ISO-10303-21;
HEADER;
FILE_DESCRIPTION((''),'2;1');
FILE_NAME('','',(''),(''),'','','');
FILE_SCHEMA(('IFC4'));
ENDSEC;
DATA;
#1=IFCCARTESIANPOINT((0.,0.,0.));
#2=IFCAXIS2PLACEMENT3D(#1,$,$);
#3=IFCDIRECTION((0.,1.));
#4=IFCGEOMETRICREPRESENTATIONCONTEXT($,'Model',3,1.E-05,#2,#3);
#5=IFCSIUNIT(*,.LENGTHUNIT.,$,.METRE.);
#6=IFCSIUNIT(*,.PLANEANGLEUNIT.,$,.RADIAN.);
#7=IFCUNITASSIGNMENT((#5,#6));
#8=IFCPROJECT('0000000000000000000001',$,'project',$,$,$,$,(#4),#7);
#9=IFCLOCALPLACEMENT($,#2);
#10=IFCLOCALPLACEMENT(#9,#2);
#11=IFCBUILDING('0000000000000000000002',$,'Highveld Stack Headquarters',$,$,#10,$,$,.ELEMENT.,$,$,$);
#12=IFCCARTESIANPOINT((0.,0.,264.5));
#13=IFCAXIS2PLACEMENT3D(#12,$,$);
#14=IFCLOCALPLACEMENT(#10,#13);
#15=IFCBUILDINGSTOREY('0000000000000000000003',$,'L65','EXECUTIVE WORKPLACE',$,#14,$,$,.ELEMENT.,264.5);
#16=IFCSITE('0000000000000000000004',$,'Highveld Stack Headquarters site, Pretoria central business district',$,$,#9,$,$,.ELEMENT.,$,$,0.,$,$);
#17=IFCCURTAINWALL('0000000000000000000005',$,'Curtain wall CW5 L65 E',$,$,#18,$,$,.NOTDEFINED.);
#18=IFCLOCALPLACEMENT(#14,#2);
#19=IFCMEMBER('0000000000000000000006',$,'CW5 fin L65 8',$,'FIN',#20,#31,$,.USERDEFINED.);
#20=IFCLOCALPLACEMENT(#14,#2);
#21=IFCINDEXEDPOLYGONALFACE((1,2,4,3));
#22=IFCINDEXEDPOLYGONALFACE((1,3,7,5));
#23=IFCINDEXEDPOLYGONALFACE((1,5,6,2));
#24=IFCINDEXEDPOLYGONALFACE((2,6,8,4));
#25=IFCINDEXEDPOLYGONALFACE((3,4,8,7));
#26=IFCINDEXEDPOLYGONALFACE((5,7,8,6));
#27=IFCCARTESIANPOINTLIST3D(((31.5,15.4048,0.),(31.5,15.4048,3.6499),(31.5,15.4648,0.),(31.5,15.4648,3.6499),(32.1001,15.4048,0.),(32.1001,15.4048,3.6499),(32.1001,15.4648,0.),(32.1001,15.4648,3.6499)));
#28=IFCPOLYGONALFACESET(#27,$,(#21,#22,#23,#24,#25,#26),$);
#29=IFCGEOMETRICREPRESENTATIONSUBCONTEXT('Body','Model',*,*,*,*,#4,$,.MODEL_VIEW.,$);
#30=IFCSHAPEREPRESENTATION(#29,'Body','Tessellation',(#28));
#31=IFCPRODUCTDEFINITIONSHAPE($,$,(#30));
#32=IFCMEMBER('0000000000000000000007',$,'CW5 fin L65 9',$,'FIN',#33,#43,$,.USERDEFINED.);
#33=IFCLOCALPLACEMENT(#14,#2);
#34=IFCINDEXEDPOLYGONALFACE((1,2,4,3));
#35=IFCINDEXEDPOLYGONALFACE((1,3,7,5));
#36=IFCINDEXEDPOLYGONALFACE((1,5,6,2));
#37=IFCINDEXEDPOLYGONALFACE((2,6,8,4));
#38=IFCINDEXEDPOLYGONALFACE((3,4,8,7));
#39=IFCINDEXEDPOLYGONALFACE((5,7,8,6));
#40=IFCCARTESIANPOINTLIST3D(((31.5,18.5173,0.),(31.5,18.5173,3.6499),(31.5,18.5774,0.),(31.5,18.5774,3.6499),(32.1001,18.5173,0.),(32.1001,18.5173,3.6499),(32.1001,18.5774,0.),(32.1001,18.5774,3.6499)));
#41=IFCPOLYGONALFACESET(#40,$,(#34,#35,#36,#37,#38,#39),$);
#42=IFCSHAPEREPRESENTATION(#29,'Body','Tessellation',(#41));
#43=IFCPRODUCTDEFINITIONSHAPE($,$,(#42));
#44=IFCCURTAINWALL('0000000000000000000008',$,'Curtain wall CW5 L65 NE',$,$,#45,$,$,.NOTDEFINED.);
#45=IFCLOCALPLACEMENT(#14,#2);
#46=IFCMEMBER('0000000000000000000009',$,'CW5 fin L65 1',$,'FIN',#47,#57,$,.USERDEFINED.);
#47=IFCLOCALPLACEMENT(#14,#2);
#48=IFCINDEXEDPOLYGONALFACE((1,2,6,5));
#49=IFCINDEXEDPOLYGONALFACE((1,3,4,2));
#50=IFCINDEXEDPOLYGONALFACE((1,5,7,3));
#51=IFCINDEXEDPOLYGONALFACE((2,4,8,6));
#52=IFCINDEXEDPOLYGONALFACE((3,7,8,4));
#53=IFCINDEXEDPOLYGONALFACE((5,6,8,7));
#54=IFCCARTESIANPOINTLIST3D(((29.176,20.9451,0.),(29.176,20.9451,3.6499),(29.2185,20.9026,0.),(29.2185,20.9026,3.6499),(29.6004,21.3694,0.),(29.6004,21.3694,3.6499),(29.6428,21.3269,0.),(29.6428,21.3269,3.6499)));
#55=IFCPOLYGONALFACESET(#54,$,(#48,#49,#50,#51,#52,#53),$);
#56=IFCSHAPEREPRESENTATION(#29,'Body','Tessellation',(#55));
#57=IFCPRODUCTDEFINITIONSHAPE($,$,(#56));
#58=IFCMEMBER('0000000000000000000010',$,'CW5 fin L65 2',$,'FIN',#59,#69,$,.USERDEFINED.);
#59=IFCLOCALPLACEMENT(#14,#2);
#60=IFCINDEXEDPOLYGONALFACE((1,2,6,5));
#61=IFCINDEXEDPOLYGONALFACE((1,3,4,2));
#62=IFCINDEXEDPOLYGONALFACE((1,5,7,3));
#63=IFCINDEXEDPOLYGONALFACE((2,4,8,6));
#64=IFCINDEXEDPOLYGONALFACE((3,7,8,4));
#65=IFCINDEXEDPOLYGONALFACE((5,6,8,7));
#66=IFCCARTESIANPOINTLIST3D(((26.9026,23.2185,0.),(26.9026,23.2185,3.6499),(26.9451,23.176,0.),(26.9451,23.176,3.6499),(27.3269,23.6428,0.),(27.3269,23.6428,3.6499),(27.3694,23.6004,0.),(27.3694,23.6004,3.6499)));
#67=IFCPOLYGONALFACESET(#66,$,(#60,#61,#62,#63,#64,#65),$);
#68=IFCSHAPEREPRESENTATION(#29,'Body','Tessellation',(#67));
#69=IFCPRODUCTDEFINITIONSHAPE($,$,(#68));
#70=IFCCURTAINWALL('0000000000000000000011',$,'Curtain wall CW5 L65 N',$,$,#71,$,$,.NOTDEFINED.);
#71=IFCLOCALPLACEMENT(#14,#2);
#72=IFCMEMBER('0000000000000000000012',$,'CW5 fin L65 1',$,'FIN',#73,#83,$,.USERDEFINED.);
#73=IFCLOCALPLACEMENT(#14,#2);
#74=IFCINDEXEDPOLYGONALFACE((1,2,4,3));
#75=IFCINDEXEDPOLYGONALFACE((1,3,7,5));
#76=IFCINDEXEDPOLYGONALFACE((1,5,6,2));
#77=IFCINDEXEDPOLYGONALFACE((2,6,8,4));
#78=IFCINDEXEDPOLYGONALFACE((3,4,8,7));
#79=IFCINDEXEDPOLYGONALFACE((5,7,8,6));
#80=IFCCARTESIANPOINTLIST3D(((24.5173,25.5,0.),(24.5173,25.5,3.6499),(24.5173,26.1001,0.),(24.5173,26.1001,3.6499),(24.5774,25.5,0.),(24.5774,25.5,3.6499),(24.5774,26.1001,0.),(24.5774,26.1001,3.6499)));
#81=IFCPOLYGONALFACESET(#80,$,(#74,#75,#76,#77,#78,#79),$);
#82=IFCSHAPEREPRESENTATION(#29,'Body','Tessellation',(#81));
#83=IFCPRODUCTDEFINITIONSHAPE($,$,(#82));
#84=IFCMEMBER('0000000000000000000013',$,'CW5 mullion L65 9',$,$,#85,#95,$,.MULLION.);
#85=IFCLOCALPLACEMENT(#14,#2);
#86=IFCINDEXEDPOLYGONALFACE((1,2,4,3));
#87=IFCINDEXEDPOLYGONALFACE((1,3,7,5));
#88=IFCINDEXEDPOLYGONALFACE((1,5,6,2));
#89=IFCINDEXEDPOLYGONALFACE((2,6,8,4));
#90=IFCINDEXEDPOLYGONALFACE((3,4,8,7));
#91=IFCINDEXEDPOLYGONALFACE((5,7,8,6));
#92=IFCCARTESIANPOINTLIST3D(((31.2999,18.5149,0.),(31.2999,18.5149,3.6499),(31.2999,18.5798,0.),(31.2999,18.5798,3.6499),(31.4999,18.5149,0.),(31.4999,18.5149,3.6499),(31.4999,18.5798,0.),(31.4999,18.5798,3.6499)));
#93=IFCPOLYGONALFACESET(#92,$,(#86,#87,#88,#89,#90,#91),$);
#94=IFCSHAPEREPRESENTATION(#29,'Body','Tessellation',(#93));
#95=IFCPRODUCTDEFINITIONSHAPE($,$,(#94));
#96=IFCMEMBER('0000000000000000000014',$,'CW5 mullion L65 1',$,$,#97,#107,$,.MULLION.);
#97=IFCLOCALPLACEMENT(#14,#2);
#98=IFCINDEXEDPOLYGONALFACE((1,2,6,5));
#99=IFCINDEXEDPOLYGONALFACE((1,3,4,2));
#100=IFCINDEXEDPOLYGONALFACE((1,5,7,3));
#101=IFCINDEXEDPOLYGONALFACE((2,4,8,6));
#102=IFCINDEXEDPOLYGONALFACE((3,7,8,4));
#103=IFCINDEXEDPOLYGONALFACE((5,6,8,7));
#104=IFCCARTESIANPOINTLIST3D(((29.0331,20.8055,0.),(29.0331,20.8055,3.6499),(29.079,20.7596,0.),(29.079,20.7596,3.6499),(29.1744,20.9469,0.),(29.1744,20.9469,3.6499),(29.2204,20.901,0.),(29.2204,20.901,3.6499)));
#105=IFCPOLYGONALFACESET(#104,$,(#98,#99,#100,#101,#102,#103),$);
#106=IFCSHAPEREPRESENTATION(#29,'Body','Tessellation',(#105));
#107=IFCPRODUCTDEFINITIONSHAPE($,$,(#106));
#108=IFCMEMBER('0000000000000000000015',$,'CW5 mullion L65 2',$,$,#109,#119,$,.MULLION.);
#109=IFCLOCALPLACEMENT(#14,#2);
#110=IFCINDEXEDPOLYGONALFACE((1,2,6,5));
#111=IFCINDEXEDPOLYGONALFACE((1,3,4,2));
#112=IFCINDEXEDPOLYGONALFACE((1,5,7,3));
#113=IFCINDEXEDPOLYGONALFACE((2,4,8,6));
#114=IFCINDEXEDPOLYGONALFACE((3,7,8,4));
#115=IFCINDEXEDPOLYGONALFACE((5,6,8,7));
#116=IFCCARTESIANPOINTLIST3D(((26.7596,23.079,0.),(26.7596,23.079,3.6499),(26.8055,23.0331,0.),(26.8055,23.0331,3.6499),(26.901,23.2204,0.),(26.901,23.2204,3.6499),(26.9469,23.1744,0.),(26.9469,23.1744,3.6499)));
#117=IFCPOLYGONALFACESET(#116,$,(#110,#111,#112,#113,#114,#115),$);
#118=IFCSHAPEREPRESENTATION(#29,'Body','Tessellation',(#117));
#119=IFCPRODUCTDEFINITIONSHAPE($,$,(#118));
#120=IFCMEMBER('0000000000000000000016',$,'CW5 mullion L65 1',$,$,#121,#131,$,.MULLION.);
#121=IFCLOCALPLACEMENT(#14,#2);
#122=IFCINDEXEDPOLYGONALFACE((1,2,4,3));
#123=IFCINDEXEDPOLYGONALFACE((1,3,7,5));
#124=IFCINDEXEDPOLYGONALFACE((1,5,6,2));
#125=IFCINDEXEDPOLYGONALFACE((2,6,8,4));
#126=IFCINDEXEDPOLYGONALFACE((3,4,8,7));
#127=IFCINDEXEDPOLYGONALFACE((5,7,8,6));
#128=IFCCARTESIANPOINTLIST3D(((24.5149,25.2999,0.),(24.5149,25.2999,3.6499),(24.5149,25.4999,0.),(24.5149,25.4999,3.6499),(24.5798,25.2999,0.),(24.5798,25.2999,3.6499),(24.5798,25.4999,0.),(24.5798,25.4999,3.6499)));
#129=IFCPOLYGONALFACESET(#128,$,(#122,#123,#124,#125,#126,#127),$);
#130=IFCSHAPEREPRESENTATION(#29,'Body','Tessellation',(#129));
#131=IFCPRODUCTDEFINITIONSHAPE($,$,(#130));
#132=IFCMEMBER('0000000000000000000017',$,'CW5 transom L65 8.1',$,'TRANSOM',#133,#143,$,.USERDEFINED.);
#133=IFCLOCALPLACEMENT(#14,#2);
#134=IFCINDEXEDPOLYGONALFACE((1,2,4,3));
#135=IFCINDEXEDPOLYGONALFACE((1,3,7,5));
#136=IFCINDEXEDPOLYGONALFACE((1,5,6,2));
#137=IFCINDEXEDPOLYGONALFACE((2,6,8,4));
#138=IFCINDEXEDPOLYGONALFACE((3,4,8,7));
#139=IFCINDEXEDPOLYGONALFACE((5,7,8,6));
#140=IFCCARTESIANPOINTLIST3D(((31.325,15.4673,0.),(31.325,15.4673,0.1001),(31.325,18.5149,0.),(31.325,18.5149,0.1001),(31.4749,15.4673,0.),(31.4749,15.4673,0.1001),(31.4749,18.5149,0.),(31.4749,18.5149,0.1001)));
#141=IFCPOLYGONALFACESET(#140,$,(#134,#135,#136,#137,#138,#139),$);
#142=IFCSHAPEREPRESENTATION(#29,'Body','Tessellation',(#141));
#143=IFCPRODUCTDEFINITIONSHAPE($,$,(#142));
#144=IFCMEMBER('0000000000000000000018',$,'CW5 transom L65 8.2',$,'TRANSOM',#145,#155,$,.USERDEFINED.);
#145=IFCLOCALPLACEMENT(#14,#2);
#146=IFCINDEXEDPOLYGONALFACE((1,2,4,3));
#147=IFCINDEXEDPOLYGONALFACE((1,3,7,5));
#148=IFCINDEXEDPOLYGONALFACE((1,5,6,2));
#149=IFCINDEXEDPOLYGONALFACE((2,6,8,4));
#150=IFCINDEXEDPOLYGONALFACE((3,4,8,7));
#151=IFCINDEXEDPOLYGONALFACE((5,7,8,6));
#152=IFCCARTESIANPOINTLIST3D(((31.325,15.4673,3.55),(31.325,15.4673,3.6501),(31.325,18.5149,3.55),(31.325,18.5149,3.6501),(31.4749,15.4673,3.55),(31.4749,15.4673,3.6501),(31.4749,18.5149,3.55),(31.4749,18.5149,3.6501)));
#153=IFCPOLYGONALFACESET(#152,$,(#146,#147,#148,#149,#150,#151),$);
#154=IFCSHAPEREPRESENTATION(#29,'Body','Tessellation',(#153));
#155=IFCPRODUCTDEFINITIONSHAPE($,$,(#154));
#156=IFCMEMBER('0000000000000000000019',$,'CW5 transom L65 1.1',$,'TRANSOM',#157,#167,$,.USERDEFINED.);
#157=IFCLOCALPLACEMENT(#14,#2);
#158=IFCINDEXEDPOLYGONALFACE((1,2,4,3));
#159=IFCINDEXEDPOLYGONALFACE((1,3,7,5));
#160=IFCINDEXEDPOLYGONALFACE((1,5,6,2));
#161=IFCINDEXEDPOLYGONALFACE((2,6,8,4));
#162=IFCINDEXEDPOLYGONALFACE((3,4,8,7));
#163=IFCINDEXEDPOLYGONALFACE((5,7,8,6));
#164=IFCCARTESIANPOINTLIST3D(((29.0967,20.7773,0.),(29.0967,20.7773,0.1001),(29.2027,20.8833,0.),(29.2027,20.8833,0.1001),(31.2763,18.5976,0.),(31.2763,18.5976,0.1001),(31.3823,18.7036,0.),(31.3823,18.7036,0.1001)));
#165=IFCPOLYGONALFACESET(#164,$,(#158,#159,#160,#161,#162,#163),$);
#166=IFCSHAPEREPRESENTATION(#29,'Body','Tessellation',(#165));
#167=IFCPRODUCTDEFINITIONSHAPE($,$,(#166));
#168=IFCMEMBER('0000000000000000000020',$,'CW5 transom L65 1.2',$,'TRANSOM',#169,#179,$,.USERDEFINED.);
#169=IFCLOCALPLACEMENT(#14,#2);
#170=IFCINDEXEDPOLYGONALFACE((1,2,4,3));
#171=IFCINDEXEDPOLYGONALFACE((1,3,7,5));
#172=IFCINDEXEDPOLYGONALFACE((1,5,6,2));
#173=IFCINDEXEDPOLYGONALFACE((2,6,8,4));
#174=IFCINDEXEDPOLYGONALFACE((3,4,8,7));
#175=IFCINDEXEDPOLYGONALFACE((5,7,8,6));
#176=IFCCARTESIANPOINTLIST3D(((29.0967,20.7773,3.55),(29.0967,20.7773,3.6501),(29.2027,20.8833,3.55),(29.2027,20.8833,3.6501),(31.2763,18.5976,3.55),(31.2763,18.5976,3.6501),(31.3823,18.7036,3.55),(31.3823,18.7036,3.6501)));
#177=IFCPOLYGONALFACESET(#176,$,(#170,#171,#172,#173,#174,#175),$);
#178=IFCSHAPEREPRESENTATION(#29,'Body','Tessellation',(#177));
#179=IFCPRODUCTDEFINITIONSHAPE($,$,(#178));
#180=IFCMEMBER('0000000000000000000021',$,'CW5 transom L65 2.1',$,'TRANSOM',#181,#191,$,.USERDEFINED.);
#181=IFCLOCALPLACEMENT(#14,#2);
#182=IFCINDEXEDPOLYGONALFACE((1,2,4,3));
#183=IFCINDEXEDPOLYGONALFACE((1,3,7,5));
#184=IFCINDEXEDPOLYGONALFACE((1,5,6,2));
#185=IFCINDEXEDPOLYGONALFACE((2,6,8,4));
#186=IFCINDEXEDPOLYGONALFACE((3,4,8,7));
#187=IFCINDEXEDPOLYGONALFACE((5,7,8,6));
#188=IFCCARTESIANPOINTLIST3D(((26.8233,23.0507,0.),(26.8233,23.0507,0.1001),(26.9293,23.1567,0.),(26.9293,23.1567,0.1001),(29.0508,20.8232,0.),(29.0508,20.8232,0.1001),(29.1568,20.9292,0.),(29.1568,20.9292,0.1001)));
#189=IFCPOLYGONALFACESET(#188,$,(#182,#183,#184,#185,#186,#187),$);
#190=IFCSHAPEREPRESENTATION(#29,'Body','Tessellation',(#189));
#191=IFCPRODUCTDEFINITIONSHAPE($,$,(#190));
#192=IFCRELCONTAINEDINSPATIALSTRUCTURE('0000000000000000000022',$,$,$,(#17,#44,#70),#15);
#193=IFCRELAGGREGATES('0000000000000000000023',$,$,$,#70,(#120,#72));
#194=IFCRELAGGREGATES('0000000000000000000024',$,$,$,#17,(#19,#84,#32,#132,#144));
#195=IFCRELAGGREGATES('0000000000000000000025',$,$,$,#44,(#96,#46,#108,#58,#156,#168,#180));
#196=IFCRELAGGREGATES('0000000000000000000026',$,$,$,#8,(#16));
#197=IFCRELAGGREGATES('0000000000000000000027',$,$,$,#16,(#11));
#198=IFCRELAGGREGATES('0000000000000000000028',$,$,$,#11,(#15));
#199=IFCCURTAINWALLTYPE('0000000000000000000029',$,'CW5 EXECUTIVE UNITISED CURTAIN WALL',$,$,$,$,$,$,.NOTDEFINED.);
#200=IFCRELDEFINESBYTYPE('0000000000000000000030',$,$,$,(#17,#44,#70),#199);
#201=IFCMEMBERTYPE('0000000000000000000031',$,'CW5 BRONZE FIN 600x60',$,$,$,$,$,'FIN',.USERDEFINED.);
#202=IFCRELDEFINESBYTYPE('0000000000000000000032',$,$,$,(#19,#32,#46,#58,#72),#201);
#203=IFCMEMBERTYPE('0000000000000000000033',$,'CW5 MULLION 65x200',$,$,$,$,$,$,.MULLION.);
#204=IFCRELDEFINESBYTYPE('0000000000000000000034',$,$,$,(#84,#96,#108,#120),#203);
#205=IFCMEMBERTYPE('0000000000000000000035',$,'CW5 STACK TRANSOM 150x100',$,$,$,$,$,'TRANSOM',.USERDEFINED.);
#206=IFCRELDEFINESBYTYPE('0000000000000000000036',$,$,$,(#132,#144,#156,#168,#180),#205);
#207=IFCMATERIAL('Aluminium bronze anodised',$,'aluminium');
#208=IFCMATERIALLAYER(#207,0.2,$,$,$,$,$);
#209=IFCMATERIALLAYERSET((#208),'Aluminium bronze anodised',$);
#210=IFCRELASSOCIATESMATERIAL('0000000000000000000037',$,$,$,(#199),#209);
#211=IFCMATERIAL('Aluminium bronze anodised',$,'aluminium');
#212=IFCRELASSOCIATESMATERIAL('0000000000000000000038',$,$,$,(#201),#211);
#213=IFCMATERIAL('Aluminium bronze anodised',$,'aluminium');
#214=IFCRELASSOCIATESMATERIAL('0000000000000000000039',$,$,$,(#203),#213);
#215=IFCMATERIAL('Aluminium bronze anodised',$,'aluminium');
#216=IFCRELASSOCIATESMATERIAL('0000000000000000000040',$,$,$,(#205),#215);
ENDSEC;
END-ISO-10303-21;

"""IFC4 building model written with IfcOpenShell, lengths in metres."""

from ifc_helpers import new_model, si_unit, direction, frame, origin, origin_2d, place, context, subcontext, project, spatial, rectangle, extrude, material, layer, layer_set, material_profile, profile_set, type_object, element, aggregate, save


model = new_model("IFC4")

# Units and contexts
model_context = context("Model", 3, precision=1e-05, world=origin(), true_north=direction((0.0, 1.0)))
body_context = subcontext(model_context, "Body", "Model", "MODEL_VIEW")
ifc_project = project(units=[si_unit("LENGTHUNIT", "METRE"), si_unit("PLANEANGLEUNIT", "RADIAN")], contexts=[model_context])

# Site, building, storey
site_placement = place(None, origin())
site = spatial("IfcSite", under=ifc_project, at=site_placement, Name="Highveld Stack Headquarters site, Pretoria central business district", CompositionType="ELEMENT", RefElevation=0.0)
building_placement = place(site_placement, origin())
building = spatial("IfcBuilding", under=site, at=building_placement, Name="Highveld Stack Headquarters", CompositionType="ELEMENT")
storey_placement = place(building_placement, frame((0.0, 0.0, 264.5)))
storey = spatial("IfcBuildingStorey", under=building, at=storey_placement, Name="L65", Description="EXECUTIVE WORKPLACE", CompositionType="ELEMENT", Elevation=264.5)

# Curtain walls, members
ifc_material_1 = material(Name="Aluminium bronze anodised", Category="aluminium")
ifc_layer_1 = layer(ifc_material_1, 0.2)
ifc_layer_set_1 = layer_set([ifc_layer_1], Name="Aluminium bronze anodised")
curtain_wall_type = type_object("IfcCurtainWallType", Name="CW5 EXECUTIVE UNITISED CURTAIN WALL", PredefinedType="NOTDEFINED", material=ifc_layer_set_1)
curtain_wall_1_placement = place(storey_placement, origin())
curtain_wall_1 = element("IfcCurtainWall", 1, at=curtain_wall_1_placement, inside=storey, type_object=curtain_wall_type, Name="Curtain wall CW5 L65 E", PredefinedType="NOTDEFINED")
ifc_material_2 = material(Name="Aluminium bronze anodised", Category="aluminium")
ifc_material_profile_1 = material_profile(ifc_material_2, rectangle(XDim=0.6001, YDim=0.0601, at=origin_2d()), Name="FIN 600x60")
ifc_profile_set_1 = profile_set([ifc_material_profile_1], Name="Aluminium bronze anodised")
member_type_1 = type_object("IfcMemberType", Name="CW5 BRONZE FIN 600x60", ElementType="FIN", PredefinedType="USERDEFINED", material=ifc_profile_set_1)
member_1_placement = place(storey_placement, frame((31.8, 15.4348, 0.0), z_axis=(0.0, 0.0, 1.0), x_axis=(-1.0, 0.0, 0.0)))
member_1 = element("IfcMember", 2, at=member_1_placement, type_object=member_type_1, Name="CW5 fin L65 8", ObjectType="FIN", PredefinedType="USERDEFINED", context=body_context, shape_type="SweptSolid", body=[
    extrude(rectangle(XDim=0.6001, YDim=0.0601, at=origin_2d()), origin(), (0.0, 0.0, 1.0), 3.6499),
])
member_2_placement = place(storey_placement, frame((31.8, 18.5474, 0.0), z_axis=(0.0, 0.0, 1.0), x_axis=(-1.0, 0.0, 0.0)))
member_2 = element("IfcMember", 3, at=member_2_placement, type_object=member_type_1, Name="CW5 fin L65 9", ObjectType="FIN", PredefinedType="USERDEFINED", context=body_context, shape_type="SweptSolid", body=[
    extrude(rectangle(XDim=0.6001, YDim=0.0601, at=origin_2d()), origin(), (0.0, 0.0, 1.0), 3.6499),
])
curtain_wall_2_placement = place(storey_placement, origin())
curtain_wall_2 = element("IfcCurtainWall", 4, at=curtain_wall_2_placement, inside=storey, type_object=curtain_wall_type, Name="Curtain wall CW5 L65 NE", PredefinedType="NOTDEFINED")
member_3_placement = place(storey_placement, frame((29.4094, 21.136, 0.0), z_axis=(0.0, 0.0, 1.0), x_axis=(-0.707107, -0.707107, 0.0)))
member_3 = element("IfcMember", 5, at=member_3_placement, type_object=member_type_1, Name="CW5 fin L65 1", ObjectType="FIN", PredefinedType="USERDEFINED", context=body_context, shape_type="SweptSolid", body=[
    extrude(rectangle(XDim=0.6001, YDim=0.0601, at=origin_2d()), origin(), (0.0, 0.0, 1.0), 3.6499),
])
member_4_placement = place(storey_placement, frame((27.136, 23.4094, 0.0), z_axis=(0.0, 0.0, 1.0), x_axis=(-0.707107, -0.707107, 0.0)))
member_4 = element("IfcMember", 6, at=member_4_placement, type_object=member_type_1, Name="CW5 fin L65 2", ObjectType="FIN", PredefinedType="USERDEFINED", context=body_context, shape_type="SweptSolid", body=[
    extrude(rectangle(XDim=0.6001, YDim=0.0601, at=origin_2d()), origin(), (0.0, 0.0, 1.0), 3.6499),
])

# Curtain wall, member
curtain_wall_3_placement = place(storey_placement, origin())
curtain_wall_3 = element("IfcCurtainWall", 7, at=curtain_wall_3_placement, inside=storey, type_object=curtain_wall_type, Name="Curtain wall CW5 L65 N", PredefinedType="NOTDEFINED")
member_5_placement = place(storey_placement, frame((24.5474, 25.8, 0.0), z_axis=(0.0, 0.0, 1.0), x_axis=(0.0, -1.0, 0.0)))
member_5 = element("IfcMember", 8, at=member_5_placement, type_object=member_type_1, Name="CW5 fin L65 1", ObjectType="FIN", PredefinedType="USERDEFINED", context=body_context, shape_type="SweptSolid", body=[
    extrude(rectangle(XDim=0.6001, YDim=0.0601, at=origin_2d()), origin(), (0.0, 0.0, 1.0), 3.6499),
])

# Members
ifc_material_3 = material(Name="Aluminium bronze anodised", Category="aluminium")
ifc_material_profile_2 = material_profile(ifc_material_3, rectangle(XDim=0.2, YDim=0.0649, at=origin_2d()), Name="CW5 MULLION 65x200")
ifc_profile_set_2 = profile_set([ifc_material_profile_2], Name="Aluminium bronze anodised")
member_type_2 = type_object("IfcMemberType", Name="CW5 MULLION 65x200", PredefinedType="MULLION", material=ifc_profile_set_2)
member_6_placement = place(storey_placement, frame((31.3999, 18.5474, 0.0), z_axis=(0.0, 0.0, 1.0), x_axis=(-1.0, 0.0, 0.0)))
member_6 = element("IfcMember", 9, at=member_6_placement, type_object=member_type_2, Name="CW5 mullion L65 9", PredefinedType="MULLION", context=body_context, shape_type="SweptSolid", body=[
    extrude(rectangle(XDim=0.2, YDim=0.0649, at=origin_2d()), origin(), (0.0, 0.0, 1.0), 3.6499),
])
member_7_placement = place(storey_placement, frame((29.1267, 20.8533, 0.0), z_axis=(0.0, 0.0, 1.0), x_axis=(-0.707107, -0.707107, 0.0)))
member_7 = element("IfcMember", 10, at=member_7_placement, type_object=member_type_2, Name="CW5 mullion L65 1", PredefinedType="MULLION", context=body_context, shape_type="SweptSolid", body=[
    extrude(rectangle(XDim=0.2, YDim=0.0649, at=origin_2d()), origin(), (0.0, 0.0, 1.0), 3.6499),
])
member_8_placement = place(storey_placement, frame((26.8533, 23.1267, 0.0), z_axis=(0.0, 0.0, 1.0), x_axis=(-0.707107, -0.707107, 0.0)))
member_8 = element("IfcMember", 11, at=member_8_placement, type_object=member_type_2, Name="CW5 mullion L65 2", PredefinedType="MULLION", context=body_context, shape_type="SweptSolid", body=[
    extrude(rectangle(XDim=0.2, YDim=0.0649, at=origin_2d()), origin(), (0.0, 0.0, 1.0), 3.6499),
])
member_9_placement = place(storey_placement, frame((24.5474, 25.3999, 0.0), z_axis=(0.0, 0.0, 1.0), x_axis=(0.0, -1.0, 0.0)))
member_9 = element("IfcMember", 12, at=member_9_placement, type_object=member_type_2, Name="CW5 mullion L65 1", PredefinedType="MULLION", context=body_context, shape_type="SweptSolid", body=[
    extrude(rectangle(XDim=0.2, YDim=0.0649, at=origin_2d()), origin(), (0.0, 0.0, 1.0), 3.6499),
])
aggregate(curtain_wall_3, [member_9, member_5])
ifc_material_4 = material(Name="Aluminium bronze anodised", Category="aluminium")
ifc_material_profile_3 = material_profile(ifc_material_4, rectangle(XDim=0.1499, YDim=0.1001, at=origin_2d()), Name="CW5 TRANSOM 150x100")
ifc_profile_set_3 = profile_set([ifc_material_profile_3], Name="Aluminium bronze anodised")
member_type_3 = type_object("IfcMemberType", Name="CW5 STACK TRANSOM 150x100", ElementType="TRANSOM", PredefinedType="USERDEFINED", material=ifc_profile_set_3)
member_10_placement = place(storey_placement, frame((31.3999, 15.4673, 0.05), z_axis=(0.0, 1.0, 0.0), x_axis=(-1.0, 0.0, 0.0)))
member_10 = element("IfcMember", 13, at=member_10_placement, type_object=member_type_3, Name="CW5 transom L65 8.1", ObjectType="TRANSOM", PredefinedType="USERDEFINED", context=body_context, shape_type="SweptSolid", body=[
    extrude(rectangle(XDim=0.1499, YDim=0.1001, at=origin_2d()), origin(), (0.0, 0.0, 1.0), 3.0476),
])
member_11_placement = place(storey_placement, frame((31.3999, 15.4673, 3.6001), z_axis=(0.0, 1.0, 0.0), x_axis=(-1.0, 0.0, 0.0)))
member_11 = element("IfcMember", 14, at=member_11_placement, type_object=member_type_3, Name="CW5 transom L65 8.2", ObjectType="TRANSOM", PredefinedType="USERDEFINED", context=body_context, shape_type="SweptSolid", body=[
    extrude(rectangle(XDim=0.1499, YDim=0.1001, at=origin_2d()), origin(), (0.0, 0.0, 1.0), 3.0476),
])
member_12_placement = place(storey_placement, frame((31.3293, 18.6506, 0.05), z_axis=(-0.707107, 0.707107, 0.0), x_axis=(-0.707107, -0.707107, 0.0)))
member_12 = element("IfcMember", 15, at=member_12_placement, type_object=member_type_3, Name="CW5 transom L65 1.1", ObjectType="TRANSOM", PredefinedType="USERDEFINED", context=body_context, shape_type="SweptSolid", body=[
    extrude(rectangle(XDim=0.1499, YDim=0.1001, at=origin_2d()), origin(), (0.0, 0.0, 1.0), 3.0825),
])
member_13_placement = place(storey_placement, frame((31.3293, 18.6506, 3.6001), z_axis=(-0.707107, 0.707107, 0.0), x_axis=(-0.707107, -0.707107, 0.0)))
member_13 = element("IfcMember", 16, at=member_13_placement, type_object=member_type_3, Name="CW5 transom L65 1.2", ObjectType="TRANSOM", PredefinedType="USERDEFINED", context=body_context, shape_type="SweptSolid", body=[
    extrude(rectangle(XDim=0.1499, YDim=0.1001, at=origin_2d()), origin(), (0.0, 0.0, 1.0), 3.0825),
])
member_14_placement = place(storey_placement, frame((29.1038, 20.8762, 0.05), z_axis=(-0.707107, 0.707107, 0.0), x_axis=(-0.707107, -0.707107, 0.0)))
member_14 = element("IfcMember", 17, at=member_14_placement, type_object=member_type_3, Name="CW5 transom L65 2.1", ObjectType="TRANSOM", PredefinedType="USERDEFINED", context=body_context, shape_type="SweptSolid", body=[
    extrude(rectangle(XDim=0.1499, YDim=0.1001, at=origin_2d()), origin(), (0.0, 0.0, 1.0), 3.1501),
])

aggregate(curtain_wall_1, [member_1, member_6, member_2, member_10, member_11])
aggregate(curtain_wall_2, [member_7, member_3, member_8, member_4, member_12, member_13, member_14])

save(model, "model.ifc")
